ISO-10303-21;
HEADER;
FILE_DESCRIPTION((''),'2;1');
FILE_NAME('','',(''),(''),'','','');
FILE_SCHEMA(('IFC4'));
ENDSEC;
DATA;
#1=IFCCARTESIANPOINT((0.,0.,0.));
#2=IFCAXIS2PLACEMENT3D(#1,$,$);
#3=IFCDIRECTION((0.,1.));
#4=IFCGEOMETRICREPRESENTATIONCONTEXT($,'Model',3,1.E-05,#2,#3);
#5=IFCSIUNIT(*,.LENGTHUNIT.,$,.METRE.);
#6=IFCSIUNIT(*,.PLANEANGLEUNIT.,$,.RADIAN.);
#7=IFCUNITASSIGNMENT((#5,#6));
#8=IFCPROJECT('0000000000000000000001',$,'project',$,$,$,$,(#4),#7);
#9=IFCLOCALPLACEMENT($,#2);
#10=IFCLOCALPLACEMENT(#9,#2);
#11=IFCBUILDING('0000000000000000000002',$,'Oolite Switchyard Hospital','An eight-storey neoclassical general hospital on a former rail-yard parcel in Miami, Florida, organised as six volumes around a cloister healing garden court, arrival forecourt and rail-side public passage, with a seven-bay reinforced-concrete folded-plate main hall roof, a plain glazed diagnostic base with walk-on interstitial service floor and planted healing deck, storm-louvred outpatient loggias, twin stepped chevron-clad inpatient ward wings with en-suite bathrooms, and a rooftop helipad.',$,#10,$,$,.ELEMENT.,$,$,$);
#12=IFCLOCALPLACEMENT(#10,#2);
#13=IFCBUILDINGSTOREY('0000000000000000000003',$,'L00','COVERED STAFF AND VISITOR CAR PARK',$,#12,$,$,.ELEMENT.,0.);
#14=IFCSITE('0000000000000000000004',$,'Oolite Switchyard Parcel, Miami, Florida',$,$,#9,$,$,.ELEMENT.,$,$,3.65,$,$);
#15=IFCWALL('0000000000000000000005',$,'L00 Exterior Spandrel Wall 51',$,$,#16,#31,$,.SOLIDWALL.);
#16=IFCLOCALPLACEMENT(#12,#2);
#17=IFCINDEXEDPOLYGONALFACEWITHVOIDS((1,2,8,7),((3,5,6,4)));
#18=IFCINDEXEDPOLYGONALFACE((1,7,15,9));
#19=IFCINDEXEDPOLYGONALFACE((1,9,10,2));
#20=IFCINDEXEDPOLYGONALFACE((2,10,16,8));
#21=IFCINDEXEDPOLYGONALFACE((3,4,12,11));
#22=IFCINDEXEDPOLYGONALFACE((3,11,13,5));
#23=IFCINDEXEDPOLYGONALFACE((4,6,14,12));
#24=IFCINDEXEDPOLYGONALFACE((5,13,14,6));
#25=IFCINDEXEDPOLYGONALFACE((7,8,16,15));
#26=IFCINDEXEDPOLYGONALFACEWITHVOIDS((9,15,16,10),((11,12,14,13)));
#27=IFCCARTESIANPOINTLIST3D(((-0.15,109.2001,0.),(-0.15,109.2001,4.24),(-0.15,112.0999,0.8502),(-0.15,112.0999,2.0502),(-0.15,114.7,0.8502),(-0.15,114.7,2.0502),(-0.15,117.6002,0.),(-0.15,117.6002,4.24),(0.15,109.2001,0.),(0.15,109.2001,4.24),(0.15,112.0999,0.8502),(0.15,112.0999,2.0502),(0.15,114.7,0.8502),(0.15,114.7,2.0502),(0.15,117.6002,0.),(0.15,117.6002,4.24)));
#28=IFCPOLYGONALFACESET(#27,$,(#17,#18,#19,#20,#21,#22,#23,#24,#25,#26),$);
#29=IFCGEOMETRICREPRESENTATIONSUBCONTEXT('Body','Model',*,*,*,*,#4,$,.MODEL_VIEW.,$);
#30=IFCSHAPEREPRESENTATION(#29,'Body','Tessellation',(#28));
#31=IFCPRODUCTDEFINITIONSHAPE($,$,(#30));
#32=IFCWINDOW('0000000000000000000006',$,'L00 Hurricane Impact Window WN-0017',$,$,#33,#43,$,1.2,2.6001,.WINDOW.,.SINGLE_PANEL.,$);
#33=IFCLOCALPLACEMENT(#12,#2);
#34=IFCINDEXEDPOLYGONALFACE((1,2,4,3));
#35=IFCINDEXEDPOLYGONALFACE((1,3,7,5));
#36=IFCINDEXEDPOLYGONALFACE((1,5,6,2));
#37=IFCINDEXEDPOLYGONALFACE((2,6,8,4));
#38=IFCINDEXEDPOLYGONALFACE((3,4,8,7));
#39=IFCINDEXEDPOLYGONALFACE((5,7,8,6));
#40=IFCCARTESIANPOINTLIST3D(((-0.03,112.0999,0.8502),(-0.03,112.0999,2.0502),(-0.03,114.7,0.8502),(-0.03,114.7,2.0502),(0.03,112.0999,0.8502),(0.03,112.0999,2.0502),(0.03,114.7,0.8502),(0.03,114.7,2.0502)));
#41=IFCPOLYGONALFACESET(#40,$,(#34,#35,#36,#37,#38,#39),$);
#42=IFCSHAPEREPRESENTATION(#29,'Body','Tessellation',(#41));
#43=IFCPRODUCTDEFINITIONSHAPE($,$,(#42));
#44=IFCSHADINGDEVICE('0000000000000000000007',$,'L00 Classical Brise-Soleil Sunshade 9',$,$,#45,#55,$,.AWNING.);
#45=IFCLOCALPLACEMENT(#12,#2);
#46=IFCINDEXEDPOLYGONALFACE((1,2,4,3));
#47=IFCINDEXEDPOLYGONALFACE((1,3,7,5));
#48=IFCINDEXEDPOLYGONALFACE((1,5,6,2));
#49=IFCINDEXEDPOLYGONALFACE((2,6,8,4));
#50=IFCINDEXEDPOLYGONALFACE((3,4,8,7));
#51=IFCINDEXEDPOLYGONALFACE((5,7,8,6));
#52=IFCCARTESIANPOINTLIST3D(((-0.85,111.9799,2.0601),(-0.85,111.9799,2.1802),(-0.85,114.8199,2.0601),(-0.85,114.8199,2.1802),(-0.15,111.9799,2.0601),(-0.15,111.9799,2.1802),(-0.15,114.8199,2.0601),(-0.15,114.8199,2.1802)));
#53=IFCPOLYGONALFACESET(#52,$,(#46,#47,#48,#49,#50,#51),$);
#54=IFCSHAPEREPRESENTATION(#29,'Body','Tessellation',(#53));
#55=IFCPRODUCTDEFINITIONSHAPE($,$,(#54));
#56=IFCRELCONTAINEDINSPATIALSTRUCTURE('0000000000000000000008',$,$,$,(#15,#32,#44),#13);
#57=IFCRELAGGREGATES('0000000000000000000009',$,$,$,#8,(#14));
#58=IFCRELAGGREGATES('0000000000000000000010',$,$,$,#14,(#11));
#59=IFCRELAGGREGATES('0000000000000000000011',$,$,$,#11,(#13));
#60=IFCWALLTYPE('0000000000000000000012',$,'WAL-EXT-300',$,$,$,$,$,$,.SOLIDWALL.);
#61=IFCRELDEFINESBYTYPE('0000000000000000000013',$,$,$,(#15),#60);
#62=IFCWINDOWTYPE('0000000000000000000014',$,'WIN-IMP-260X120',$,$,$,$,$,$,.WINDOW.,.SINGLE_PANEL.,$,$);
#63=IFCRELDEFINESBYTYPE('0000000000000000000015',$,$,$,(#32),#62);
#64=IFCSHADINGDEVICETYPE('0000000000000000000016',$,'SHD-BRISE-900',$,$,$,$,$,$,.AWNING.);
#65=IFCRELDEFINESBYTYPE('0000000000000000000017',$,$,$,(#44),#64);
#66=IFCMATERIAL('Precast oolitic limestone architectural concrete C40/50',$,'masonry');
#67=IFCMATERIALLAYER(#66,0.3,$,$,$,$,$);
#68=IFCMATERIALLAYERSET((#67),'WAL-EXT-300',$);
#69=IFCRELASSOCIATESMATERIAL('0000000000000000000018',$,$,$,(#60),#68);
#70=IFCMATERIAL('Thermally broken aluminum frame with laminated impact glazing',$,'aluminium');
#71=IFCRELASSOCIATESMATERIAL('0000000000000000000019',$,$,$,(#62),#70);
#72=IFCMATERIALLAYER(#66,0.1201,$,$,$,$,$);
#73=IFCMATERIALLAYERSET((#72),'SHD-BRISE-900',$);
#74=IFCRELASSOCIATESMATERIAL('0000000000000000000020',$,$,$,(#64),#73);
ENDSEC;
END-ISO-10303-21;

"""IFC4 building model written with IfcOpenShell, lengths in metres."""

from ifc_helpers import new_model, si_unit, direction, frame, frame_2d, origin, origin_2d, place, context, subcontext, project, spatial, rectangle, extrude, material, layer, layer_set, type_object, element, fill, save


model = new_model("IFC4")

# Units and contexts
model_context = context("Model", 3, precision=1e-05, world=origin(), true_north=direction((0.0, 1.0)))
body_context = subcontext(model_context, "Body", "Model", "MODEL_VIEW")
ifc_project = project(units=[si_unit("LENGTHUNIT", "METRE"), si_unit("PLANEANGLEUNIT", "RADIAN")], contexts=[model_context])

# Site, building, storey
site_placement = place(None, origin())
site = spatial("IfcSite", under=ifc_project, at=site_placement, Name="Oolite Switchyard Parcel, Miami, Florida", CompositionType="ELEMENT", RefElevation=3.65)
building_placement = place(site_placement, origin())
building = spatial("IfcBuilding", under=site, at=building_placement, Name="Oolite Switchyard Hospital", Description="An eight-storey neoclassical general hospital on a former rail-yard parcel in Miami, Florida, organised as six volumes around a cloister healing garden court, arrival forecourt and rail-side public passage, with a seven-bay reinforced-concrete folded-plate main hall roof, a plain glazed diagnostic base with walk-on interstitial service floor and planted healing deck, storm-louvred outpatient loggias, twin stepped chevron-clad inpatient ward wings with en-suite bathrooms, and a rooftop helipad.", CompositionType="ELEMENT")
storey_placement = place(building_placement, origin())
storey = spatial("IfcBuildingStorey", under=building, at=storey_placement, Name="L00", Description="COVERED STAFF AND VISITOR CAR PARK", CompositionType="ELEMENT", Elevation=0.0)

# Shared definitions
ifc_material_1 = material(Name="Thermally broken aluminum frame with laminated impact glazing", Category="aluminium")

# Wall, opening, window
ifc_material_2 = material(Name="Precast oolitic limestone architectural concrete C40/50", Category="masonry")
ifc_layer_1 = layer(ifc_material_2, 0.3)
ifc_layer_set_1 = layer_set([ifc_layer_1], Name="WAL-EXT-300")
wall_type = type_object("IfcWallType", Name="WAL-EXT-300", PredefinedType="SOLIDWALL", material=ifc_layer_set_1)
wall_placement = place(storey_placement, frame((0.0, 109.2, 0.0), z_axis=(0.0, 0.0, 1.0), x_axis=(0.0, 1.0, 0.0)))
wall = element("IfcWall", 1, at=wall_placement, inside=storey, type_object=wall_type, Name="L00 Exterior Spandrel Wall 51", PredefinedType="SOLIDWALL", context=body_context, shape_type="SweptSolid", body=[
    extrude(rectangle(XDim=8.4001, YDim=0.3, at=frame_2d((4.2002, 0.0))), origin(), (0.0, 0.0, 1.0), 4.24),
])
opening_placement = place(wall_placement, frame((2.8999, 0.0, 0.8501)))
opening = element("IfcOpeningElement", 2, at=opening_placement, cuts=wall, PredefinedType="OPENING", context=body_context, shape_type="SweptSolid", body=[
    extrude(rectangle(XDim=2.6001, YDim=1.2, at=frame_2d((1.3, 0.6001))), frame((0.0, 0.1602, 0.0), z_axis=(0.0, -1.0, 0.0), x_axis=(1.0, 0.0, 0.0)), (0.0, 0.0, 1.0), 0.3201),
])
window_type = type_object("IfcWindowType", Name="WIN-IMP-260X120", PartitioningType="SINGLE_PANEL", PredefinedType="WINDOW", material=ifc_material_1)
window_placement = place(opening_placement, origin())
window = element("IfcWindow", 3, at=window_placement, inside=storey, type_object=window_type, Name="L00 Hurricane Impact Window WN-0017", OverallHeight=1.2, OverallWidth=2.6001, PartitioningType="SINGLE_PANEL", PredefinedType="WINDOW", context=body_context, shape_type="SweptSolid", body=[
    extrude(rectangle(XDim=2.6001, YDim=1.2, at=frame_2d((1.3, 0.6001))), frame((0.0, 0.03, 0.0), z_axis=(0.0, -1.0, 0.0), x_axis=(1.0, 0.0, 0.0)), (0.0, 0.0, 1.0), 0.0601),
])
fill(opening, window)

# Shading device
ifc_layer_2 = layer(ifc_material_2, 0.1201)
ifc_layer_set_2 = layer_set([ifc_layer_2], Name="SHD-BRISE-900")
shading_device_type = type_object("IfcShadingDeviceType", Name="SHD-BRISE-900", PredefinedType="AWNING", material=ifc_layer_set_2)
shading_device_placement = place(storey_placement, frame((-0.5, 113.3999, 2.0601), z_axis=(0.0, 0.0, 1.0), x_axis=(0.0, 1.0, 0.0)))
element("IfcShadingDevice", 4, at=shading_device_placement, inside=storey, type_object=shading_device_type, Name="L00 Classical Brise-Soleil Sunshade 9", PredefinedType="AWNING", context=body_context, shape_type="SweptSolid", body=[
    extrude(rectangle(XDim=2.8401, YDim=0.7, at=origin_2d()), origin(), (0.0, 0.0, 1.0), 0.1201),
])

save(model, "model.ifc")
